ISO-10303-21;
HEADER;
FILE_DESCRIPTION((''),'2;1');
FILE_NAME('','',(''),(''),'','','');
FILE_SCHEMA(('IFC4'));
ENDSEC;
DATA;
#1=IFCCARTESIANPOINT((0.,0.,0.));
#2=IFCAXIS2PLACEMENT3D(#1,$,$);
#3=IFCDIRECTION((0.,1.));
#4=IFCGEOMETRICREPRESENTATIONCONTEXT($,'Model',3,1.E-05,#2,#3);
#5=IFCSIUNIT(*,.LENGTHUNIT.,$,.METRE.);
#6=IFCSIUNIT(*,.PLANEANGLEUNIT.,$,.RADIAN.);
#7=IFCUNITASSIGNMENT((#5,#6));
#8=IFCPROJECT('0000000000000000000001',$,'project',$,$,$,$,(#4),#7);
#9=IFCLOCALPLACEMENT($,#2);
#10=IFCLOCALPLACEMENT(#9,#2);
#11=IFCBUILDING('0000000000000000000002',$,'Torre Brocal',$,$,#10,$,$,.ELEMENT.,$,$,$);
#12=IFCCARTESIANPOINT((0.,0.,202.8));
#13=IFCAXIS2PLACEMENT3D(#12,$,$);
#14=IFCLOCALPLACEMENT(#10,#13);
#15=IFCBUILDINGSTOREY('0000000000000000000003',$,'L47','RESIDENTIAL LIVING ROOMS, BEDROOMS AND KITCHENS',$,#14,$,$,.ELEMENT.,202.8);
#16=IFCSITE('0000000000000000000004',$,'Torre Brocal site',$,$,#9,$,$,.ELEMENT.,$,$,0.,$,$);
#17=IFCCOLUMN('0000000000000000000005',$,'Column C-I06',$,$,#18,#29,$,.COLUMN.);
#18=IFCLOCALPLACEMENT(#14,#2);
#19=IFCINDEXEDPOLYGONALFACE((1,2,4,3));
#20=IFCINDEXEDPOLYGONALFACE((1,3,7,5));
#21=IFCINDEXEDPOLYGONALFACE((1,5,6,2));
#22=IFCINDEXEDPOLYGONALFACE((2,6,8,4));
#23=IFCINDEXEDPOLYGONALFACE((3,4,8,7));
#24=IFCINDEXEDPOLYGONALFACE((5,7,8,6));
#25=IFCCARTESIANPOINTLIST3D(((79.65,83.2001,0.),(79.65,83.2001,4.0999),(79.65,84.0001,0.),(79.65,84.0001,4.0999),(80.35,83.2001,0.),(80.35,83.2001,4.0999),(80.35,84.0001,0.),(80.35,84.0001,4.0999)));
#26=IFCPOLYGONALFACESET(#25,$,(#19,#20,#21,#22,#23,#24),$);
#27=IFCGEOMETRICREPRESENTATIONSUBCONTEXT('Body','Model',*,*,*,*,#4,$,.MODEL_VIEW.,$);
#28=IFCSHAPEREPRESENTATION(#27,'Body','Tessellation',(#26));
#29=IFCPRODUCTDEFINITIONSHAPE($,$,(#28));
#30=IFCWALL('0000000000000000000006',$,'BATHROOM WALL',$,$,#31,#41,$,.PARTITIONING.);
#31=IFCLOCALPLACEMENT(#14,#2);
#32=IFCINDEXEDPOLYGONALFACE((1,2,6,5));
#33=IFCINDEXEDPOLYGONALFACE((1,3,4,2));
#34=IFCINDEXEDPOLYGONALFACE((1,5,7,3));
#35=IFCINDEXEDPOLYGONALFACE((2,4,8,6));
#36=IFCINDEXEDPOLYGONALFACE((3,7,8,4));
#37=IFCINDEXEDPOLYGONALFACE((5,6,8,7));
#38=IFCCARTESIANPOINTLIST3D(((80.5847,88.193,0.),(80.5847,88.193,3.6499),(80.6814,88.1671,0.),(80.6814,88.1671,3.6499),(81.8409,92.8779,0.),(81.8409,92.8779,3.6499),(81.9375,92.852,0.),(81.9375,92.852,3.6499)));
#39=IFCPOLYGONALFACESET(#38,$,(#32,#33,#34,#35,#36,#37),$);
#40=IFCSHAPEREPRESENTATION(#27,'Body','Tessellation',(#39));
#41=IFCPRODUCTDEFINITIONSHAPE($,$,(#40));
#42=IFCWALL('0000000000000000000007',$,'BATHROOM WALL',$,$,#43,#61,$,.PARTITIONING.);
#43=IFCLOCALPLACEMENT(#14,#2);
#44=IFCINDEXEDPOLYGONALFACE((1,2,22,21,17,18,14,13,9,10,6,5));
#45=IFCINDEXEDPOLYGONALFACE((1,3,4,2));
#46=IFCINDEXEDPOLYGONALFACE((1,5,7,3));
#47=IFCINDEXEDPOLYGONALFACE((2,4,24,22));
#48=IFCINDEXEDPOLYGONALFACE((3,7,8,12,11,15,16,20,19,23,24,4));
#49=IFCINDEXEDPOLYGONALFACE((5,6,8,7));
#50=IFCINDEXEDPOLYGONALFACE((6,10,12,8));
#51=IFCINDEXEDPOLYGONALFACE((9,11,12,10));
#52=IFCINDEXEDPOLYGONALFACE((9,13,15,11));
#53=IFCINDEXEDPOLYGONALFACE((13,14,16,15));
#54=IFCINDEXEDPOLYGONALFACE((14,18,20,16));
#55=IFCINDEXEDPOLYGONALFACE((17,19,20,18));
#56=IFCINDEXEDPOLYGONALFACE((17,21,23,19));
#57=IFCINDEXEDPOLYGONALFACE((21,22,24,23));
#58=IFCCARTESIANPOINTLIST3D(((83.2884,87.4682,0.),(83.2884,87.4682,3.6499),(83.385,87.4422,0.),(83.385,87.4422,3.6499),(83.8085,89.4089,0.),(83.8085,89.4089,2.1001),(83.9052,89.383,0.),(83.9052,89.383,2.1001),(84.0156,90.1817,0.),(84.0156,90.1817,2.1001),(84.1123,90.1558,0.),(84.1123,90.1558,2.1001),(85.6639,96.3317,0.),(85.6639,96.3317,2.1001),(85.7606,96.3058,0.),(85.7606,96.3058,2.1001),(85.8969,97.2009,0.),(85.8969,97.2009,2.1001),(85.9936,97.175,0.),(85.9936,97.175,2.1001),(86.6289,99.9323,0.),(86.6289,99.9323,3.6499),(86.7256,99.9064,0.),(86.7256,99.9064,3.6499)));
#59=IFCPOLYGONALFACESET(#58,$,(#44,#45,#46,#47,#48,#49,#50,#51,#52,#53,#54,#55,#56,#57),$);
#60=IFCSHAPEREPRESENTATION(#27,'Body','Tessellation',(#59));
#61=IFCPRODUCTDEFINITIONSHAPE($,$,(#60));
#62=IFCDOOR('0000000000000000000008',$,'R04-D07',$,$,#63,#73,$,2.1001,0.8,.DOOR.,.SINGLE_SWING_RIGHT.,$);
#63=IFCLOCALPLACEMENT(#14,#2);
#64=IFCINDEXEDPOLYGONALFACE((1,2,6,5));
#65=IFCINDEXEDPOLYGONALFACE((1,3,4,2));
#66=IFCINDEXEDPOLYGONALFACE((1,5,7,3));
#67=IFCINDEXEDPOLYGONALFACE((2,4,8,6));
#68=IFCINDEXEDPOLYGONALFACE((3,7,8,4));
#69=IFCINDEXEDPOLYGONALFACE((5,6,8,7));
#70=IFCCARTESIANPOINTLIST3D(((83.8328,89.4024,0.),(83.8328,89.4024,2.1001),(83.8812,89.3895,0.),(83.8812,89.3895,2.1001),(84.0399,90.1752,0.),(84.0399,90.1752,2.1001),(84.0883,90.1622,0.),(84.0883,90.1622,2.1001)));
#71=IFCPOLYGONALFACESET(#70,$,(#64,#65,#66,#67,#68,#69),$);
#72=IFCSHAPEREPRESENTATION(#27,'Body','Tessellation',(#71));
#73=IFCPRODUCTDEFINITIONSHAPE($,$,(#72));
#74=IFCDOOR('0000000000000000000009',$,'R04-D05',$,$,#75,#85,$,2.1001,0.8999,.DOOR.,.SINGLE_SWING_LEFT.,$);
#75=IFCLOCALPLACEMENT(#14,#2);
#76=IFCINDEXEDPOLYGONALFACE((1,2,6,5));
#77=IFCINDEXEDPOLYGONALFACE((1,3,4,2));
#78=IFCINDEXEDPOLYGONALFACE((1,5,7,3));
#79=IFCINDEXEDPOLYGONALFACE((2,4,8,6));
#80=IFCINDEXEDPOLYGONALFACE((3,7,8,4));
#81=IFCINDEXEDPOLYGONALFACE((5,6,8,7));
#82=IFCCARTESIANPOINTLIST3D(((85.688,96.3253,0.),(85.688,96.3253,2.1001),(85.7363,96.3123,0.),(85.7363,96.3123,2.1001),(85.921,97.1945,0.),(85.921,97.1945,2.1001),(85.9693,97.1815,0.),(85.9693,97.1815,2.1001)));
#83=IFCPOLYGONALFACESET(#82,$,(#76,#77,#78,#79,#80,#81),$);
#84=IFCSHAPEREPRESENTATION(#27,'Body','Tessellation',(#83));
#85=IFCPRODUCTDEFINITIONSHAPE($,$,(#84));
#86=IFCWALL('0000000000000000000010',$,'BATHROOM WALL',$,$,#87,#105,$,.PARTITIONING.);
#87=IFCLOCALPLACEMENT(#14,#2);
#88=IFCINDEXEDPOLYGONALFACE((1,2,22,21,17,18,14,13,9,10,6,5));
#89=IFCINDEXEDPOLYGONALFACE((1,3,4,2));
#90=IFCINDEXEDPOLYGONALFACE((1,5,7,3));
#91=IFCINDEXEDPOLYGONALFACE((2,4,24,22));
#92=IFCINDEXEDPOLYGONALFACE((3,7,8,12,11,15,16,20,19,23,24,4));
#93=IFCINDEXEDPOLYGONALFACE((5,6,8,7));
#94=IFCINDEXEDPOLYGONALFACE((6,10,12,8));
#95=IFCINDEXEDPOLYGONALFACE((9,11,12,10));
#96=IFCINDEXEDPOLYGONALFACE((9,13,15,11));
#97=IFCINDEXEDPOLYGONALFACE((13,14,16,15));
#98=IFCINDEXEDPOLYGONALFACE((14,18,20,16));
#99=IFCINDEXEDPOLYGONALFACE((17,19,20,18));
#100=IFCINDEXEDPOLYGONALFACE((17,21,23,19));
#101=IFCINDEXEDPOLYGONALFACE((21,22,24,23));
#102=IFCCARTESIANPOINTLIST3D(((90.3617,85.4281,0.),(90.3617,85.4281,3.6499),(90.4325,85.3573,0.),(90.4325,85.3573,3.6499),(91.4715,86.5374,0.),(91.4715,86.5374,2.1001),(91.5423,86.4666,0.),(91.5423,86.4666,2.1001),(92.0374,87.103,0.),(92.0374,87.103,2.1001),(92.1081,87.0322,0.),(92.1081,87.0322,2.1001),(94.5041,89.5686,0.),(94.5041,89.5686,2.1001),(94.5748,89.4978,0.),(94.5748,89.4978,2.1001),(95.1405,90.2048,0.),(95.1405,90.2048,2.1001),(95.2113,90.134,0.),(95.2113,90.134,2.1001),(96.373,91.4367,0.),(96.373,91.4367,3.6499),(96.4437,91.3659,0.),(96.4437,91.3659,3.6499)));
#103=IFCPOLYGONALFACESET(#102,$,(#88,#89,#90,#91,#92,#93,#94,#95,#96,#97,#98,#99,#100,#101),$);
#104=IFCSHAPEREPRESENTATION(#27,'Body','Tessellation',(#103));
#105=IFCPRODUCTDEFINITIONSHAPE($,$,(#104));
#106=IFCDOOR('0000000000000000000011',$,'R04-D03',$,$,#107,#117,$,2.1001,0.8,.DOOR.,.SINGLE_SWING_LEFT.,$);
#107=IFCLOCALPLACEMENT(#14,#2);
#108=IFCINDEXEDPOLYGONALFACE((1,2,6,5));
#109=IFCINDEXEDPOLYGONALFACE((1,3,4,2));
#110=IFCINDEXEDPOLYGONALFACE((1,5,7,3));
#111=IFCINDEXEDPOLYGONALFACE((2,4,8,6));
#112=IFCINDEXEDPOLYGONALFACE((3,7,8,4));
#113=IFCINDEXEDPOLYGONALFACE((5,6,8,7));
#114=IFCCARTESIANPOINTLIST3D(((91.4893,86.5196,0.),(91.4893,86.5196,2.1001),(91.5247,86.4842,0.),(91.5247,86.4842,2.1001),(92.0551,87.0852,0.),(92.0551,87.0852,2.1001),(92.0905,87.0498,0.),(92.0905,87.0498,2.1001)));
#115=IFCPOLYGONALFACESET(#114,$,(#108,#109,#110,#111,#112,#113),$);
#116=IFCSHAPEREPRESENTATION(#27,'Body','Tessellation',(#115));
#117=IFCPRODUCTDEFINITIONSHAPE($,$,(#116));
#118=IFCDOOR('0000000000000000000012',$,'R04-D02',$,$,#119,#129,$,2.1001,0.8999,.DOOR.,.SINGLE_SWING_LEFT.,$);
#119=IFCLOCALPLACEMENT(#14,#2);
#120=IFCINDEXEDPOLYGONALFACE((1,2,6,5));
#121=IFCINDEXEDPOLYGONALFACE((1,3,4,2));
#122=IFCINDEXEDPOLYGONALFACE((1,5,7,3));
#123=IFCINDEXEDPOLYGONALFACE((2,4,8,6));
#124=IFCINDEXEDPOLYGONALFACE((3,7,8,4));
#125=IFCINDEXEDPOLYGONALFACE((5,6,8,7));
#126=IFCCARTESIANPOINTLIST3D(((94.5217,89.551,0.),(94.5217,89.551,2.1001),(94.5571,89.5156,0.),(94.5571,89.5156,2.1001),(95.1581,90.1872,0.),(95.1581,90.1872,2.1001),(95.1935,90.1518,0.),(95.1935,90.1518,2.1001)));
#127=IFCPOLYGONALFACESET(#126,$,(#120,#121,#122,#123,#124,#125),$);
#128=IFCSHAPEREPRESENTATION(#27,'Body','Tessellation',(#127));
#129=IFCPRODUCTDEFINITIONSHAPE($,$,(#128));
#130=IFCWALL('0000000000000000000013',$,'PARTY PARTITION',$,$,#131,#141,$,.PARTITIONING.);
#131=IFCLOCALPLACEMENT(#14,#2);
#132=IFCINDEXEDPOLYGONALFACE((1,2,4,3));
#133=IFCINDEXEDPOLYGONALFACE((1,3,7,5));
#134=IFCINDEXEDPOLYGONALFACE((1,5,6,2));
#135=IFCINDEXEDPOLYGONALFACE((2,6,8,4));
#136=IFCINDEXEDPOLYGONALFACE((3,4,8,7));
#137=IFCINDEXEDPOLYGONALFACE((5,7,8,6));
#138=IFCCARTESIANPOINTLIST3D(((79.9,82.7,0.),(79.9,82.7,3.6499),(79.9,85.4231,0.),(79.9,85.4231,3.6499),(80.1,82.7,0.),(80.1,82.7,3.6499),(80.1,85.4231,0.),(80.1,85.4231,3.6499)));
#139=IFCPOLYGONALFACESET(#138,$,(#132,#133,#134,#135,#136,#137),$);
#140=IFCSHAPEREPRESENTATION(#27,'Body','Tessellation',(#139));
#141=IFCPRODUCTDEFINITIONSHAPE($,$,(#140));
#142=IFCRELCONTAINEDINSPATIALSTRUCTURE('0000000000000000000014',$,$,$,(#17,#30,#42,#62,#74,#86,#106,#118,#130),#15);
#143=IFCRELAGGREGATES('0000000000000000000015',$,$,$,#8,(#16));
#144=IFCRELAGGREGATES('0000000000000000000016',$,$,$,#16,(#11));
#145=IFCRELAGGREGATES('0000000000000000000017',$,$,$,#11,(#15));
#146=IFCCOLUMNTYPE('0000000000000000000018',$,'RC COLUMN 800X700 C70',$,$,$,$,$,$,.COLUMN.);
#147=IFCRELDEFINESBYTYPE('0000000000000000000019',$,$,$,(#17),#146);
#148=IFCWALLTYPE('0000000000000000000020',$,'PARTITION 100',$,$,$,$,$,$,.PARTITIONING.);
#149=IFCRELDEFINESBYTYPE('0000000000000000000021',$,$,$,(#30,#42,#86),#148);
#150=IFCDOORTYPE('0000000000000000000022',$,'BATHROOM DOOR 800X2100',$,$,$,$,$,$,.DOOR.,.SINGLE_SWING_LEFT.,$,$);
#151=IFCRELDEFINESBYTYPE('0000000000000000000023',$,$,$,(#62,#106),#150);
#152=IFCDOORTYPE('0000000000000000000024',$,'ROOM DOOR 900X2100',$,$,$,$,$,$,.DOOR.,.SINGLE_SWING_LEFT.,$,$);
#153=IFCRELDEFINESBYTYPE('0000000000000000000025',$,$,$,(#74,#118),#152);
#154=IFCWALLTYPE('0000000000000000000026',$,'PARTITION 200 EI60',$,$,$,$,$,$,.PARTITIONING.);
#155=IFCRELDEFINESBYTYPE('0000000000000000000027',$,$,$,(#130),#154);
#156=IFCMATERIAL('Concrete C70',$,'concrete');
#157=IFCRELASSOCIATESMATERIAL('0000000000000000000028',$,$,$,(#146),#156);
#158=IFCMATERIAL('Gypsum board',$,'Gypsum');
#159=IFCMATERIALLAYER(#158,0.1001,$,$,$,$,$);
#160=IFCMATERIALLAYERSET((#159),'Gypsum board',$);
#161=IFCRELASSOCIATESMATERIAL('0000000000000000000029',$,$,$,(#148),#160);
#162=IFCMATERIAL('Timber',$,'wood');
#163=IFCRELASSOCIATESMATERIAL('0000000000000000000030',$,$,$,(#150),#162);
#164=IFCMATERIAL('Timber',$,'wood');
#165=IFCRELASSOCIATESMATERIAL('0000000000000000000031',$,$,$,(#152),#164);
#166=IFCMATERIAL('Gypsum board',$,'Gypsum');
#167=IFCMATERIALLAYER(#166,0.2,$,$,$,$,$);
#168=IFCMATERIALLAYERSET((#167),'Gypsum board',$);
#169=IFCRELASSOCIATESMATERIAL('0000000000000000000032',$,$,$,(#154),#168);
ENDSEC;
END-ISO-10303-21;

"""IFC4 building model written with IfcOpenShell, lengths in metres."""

from ifc_helpers import new_model, si_unit, direction, frame, frame_2d, origin, origin_2d, place, context, subcontext, project, spatial, rectangle, extrude, material, layer, layer_set, material_profile, profile_set, type_object, element, fill, save


model = new_model("IFC4")

# Units and contexts
model_context = context("Model", 3, precision=1e-05, world=origin(), true_north=direction((0.0, 1.0)))
body_context = subcontext(model_context, "Body", "Model", "MODEL_VIEW")
ifc_project = project(units=[si_unit("LENGTHUNIT", "METRE"), si_unit("PLANEANGLEUNIT", "RADIAN")], contexts=[model_context])

# Site, building, storey
site_placement = place(None, origin())
site = spatial("IfcSite", under=ifc_project, at=site_placement, Name="Torre Brocal site", CompositionType="ELEMENT", RefElevation=0.0)
building_placement = place(site_placement, origin())
building = spatial("IfcBuilding", under=site, at=building_placement, Name="Torre Brocal", CompositionType="ELEMENT")
storey_placement = place(building_placement, frame((0.0, 0.0, 202.8)))
storey = spatial("IfcBuildingStorey", under=building, at=storey_placement, Name="L47", Description="RESIDENTIAL LIVING ROOMS, BEDROOMS AND KITCHENS", CompositionType="ELEMENT", Elevation=202.8)

# Column
ifc_material_1 = material(Name="Concrete C70", Category="concrete")
ifc_material_profile = material_profile(ifc_material_1, rectangle(XDim=0.8, YDim=0.7, at=origin_2d()), Name="RC 800X700")
ifc_profile_set = profile_set([ifc_material_profile], Name="Concrete C70")
column_type = type_object("IfcColumnType", Name="RC COLUMN 800X700 C70", PredefinedType="COLUMN", material=ifc_profile_set)
column_placement = place(storey_placement, frame((80.0, 83.6001, 0.0), z_axis=(0.0, 0.0, 1.0), x_axis=(0.0, 1.0, 0.0)))
element("IfcColumn", 1, at=column_placement, inside=storey, type_object=column_type, Name="Column C-I06", PredefinedType="COLUMN", context=body_context, shape_type="SweptSolid", body=[
    extrude(rectangle(XDim=0.8, YDim=0.7, at=origin_2d()), origin(), (0.0, 0.0, 1.0), 4.0999),
])

# Wall
ifc_material_2 = material(Name="Gypsum board", Category="Gypsum")
ifc_layer_1 = layer(ifc_material_2, 0.1001)
ifc_layer_set_1 = layer_set([ifc_layer_1], Name="Gypsum board")
wall_type_1 = type_object("IfcWallType", Name="PARTITION 100", PredefinedType="PARTITIONING", material=ifc_layer_set_1)
wall_1_placement = place(storey_placement, frame((80.6331, 88.1799, 0.0), z_axis=(0.0, 0.0, 1.0), x_axis=(0.258975, 0.965884, 0.0)))
element("IfcWall", 2, at=wall_1_placement, inside=storey, type_object=wall_type_1, Name="BATHROOM WALL", PredefinedType="PARTITIONING", context=body_context, shape_type="SweptSolid", body=[
    extrude(rectangle(XDim=4.8503, YDim=0.1001, at=frame_2d((2.4253, 0.0))), origin(), (0.0, 0.0, 1.0), 3.6499),
])

# Walls, openings, doors
wall_2_placement = place(storey_placement, frame((83.3367, 87.4551, 0.0), z_axis=(0.0, 0.0, 1.0), x_axis=(0.258879, 0.96591, 0.0)))
wall_2 = element("IfcWall", 3, at=wall_2_placement, inside=storey, type_object=wall_type_1, Name="BATHROOM WALL", PredefinedType="PARTITIONING", context=body_context, shape_type="SweptSolid", body=[
    extrude(rectangle(XDim=12.9041, YDim=0.1001, at=frame_2d((6.4521, 0.0))), origin(), (0.0, 0.0, 1.0), 3.6499),
])
opening_1_placement = place(wall_2_placement, frame((9.1765, 0.0, 0.0)))
opening_1 = element("IfcOpeningElement", 4, at=opening_1_placement, cuts=wall_2, PredefinedType="OPENING", context=body_context, shape_type="SweptSolid", body=[
    extrude(rectangle(XDim=0.8999, YDim=2.1001, at=frame_2d((0.45, 1.05))), frame((0.0, 0.0601, 0.0), z_axis=(0.0, -1.0, 0.0), x_axis=(1.0, 0.0, 0.0)), (0.0, 0.0, 1.0), 0.1201),
])
opening_2_placement = place(wall_2_placement, frame((2.0095, 0.0, 0.0)))
opening_2 = element("IfcOpeningElement", 5, at=opening_2_placement, cuts=wall_2, PredefinedType="OPENING", context=body_context, shape_type="SweptSolid", body=[
    extrude(rectangle(XDim=0.8, YDim=2.1001, at=frame_2d((0.3999, 1.05))), frame((0.0, 0.0601, 0.0), z_axis=(0.0, -1.0, 0.0), x_axis=(1.0, 0.0, 0.0)), (0.0, 0.0, 1.0), 0.1201),
])
ifc_material_3 = material(Name="Timber", Category="wood")
door_type_1 = type_object("IfcDoorType", Name="BATHROOM DOOR 800X2100", OperationType="SINGLE_SWING_LEFT", PredefinedType="DOOR", material=ifc_material_3)
door_1_placement = place(opening_2_placement, origin())
door_1 = element("IfcDoor", 6, at=door_1_placement, inside=storey, type_object=door_type_1, Name="R04-D07", OperationType="SINGLE_SWING_RIGHT", OverallHeight=2.1001, OverallWidth=0.8, PredefinedType="DOOR", context=body_context, shape_type="SweptSolid", body=[
    extrude(rectangle(XDim=0.8, YDim=2.1001, at=frame_2d((0.3999, 1.05))), frame((0.0, 0.0249, 0.0), z_axis=(0.0, -1.0, 0.0), x_axis=(1.0, 0.0, 0.0)), (0.0, 0.0, 1.0), 0.05),
])
fill(opening_2, door_1)
ifc_material_4 = material(Name="Timber", Category="wood")
door_type_2 = type_object("IfcDoorType", Name="ROOM DOOR 900X2100", OperationType="SINGLE_SWING_LEFT", PredefinedType="DOOR", material=ifc_material_4)
door_2_placement = place(opening_1_placement, frame((0.8999, 0.0, 0.0), z_axis=(0.0, 0.0, 1.0), x_axis=(-1.0, 0.0, 0.0)))
door_2 = element("IfcDoor", 7, at=door_2_placement, inside=storey, type_object=door_type_2, Name="R04-D05", OperationType="SINGLE_SWING_LEFT", OverallHeight=2.1001, OverallWidth=0.8999, PredefinedType="DOOR", context=body_context, shape_type="SweptSolid", body=[
    extrude(rectangle(XDim=0.8999, YDim=2.1001, at=frame_2d((0.45, 1.05))), frame((0.0, 0.0249, 0.0), z_axis=(0.0, -1.0, 0.0), x_axis=(1.0, 0.0, 0.0)), (0.0, 0.0, 1.0), 0.05),
])
fill(opening_1, door_2)
wall_3_placement = place(storey_placement, frame((90.3972, 85.3928, 0.0), z_axis=(0.0, 0.0, 1.0), x_axis=(0.707265, 0.706949, 0.0)))
wall_3 = element("IfcWall", 8, at=wall_3_placement, inside=storey, type_object=wall_type_1, Name="BATHROOM WALL", PredefinedType="PARTITIONING", context=body_context, shape_type="SweptSolid", body=[
    extrude(rectangle(XDim=8.4993, YDim=0.1001, at=frame_2d((4.2495, 0.0))), origin(), (0.0, 0.0, 1.0), 3.6499),
])
opening_3_placement = place(wall_3_placement, frame((5.8567, 0.0, 0.0)))
opening_3 = element("IfcOpeningElement", 9, at=opening_3_placement, cuts=wall_3, PredefinedType="OPENING", context=body_context, shape_type="SweptSolid", body=[
    extrude(rectangle(XDim=0.8999, YDim=2.1001, at=frame_2d((0.45, 1.05))), frame((0.0, 0.0601, 0.0), z_axis=(0.0, -1.0, 0.0), x_axis=(1.0, 0.0, 0.0)), (0.0, 0.0, 1.0), 0.1201),
])
opening_4_placement = place(wall_3_placement, frame((1.5691, 0.0, 0.0)))
opening_4 = element("IfcOpeningElement", 10, at=opening_4_placement, cuts=wall_3, PredefinedType="OPENING", context=body_context, shape_type="SweptSolid", body=[
    extrude(rectangle(XDim=0.8, YDim=2.1001, at=frame_2d((0.3999, 1.05))), frame((0.0, 0.0601, 0.0), z_axis=(0.0, -1.0, 0.0), x_axis=(1.0, 0.0, 0.0)), (0.0, 0.0, 1.0), 0.1201),
])
door_3_placement = place(opening_4_placement, origin())
door_3 = element("IfcDoor", 11, at=door_3_placement, inside=storey, type_object=door_type_1, Name="R04-D03", OperationType="SINGLE_SWING_LEFT", OverallHeight=2.1001, OverallWidth=0.8, PredefinedType="DOOR", context=body_context, shape_type="SweptSolid", body=[
    extrude(rectangle(XDim=0.8, YDim=2.1001, at=frame_2d((0.3999, 1.05))), frame((0.0, 0.0249, 0.0), z_axis=(0.0, -1.0, 0.0), x_axis=(1.0, 0.0, 0.0)), (0.0, 0.0, 1.0), 0.05),
])
fill(opening_4, door_3)
door_4_placement = place(opening_3_placement, frame((0.8999, 0.0, 0.0), z_axis=(0.0, 0.0, 1.0), x_axis=(-1.0, 0.0, 0.0)))
door_4 = element("IfcDoor", 12, at=door_4_placement, inside=storey, type_object=door_type_2, Name="R04-D02", OperationType="SINGLE_SWING_LEFT", OverallHeight=2.1001, OverallWidth=0.8999, PredefinedType="DOOR", context=body_context, shape_type="SweptSolid", body=[
    extrude(rectangle(XDim=0.8999, YDim=2.1001, at=frame_2d((0.45, 1.05))), frame((0.0, 0.0249, 0.0), z_axis=(0.0, -1.0, 0.0), x_axis=(1.0, 0.0, 0.0)), (0.0, 0.0, 1.0), 0.05),
])
fill(opening_3, door_4)

# Wall
ifc_material_5 = material(Name="Gypsum board", Category="Gypsum")
ifc_layer_2 = layer(ifc_material_5, 0.2)
ifc_layer_set_2 = layer_set([ifc_layer_2], Name="Gypsum board")
wall_type_2 = type_object("IfcWallType", Name="PARTITION 200 EI60", PredefinedType="PARTITIONING", material=ifc_layer_set_2)
wall_4_placement = place(storey_placement, frame((80.0, 82.7, 0.0), z_axis=(0.0, 0.0, 1.0), x_axis=(0.0, 1.0, 0.0)))
element("IfcWall", 13, at=wall_4_placement, inside=storey, type_object=wall_type_2, Name="PARTY PARTITION", PredefinedType="PARTITIONING", context=body_context, shape_type="SweptSolid", body=[
    extrude(rectangle(XDim=2.7231, YDim=0.2, at=frame_2d((1.3616, 0.0))), origin(), (0.0, 0.0, 1.0), 3.6499),
])

save(model, "model.ifc")
